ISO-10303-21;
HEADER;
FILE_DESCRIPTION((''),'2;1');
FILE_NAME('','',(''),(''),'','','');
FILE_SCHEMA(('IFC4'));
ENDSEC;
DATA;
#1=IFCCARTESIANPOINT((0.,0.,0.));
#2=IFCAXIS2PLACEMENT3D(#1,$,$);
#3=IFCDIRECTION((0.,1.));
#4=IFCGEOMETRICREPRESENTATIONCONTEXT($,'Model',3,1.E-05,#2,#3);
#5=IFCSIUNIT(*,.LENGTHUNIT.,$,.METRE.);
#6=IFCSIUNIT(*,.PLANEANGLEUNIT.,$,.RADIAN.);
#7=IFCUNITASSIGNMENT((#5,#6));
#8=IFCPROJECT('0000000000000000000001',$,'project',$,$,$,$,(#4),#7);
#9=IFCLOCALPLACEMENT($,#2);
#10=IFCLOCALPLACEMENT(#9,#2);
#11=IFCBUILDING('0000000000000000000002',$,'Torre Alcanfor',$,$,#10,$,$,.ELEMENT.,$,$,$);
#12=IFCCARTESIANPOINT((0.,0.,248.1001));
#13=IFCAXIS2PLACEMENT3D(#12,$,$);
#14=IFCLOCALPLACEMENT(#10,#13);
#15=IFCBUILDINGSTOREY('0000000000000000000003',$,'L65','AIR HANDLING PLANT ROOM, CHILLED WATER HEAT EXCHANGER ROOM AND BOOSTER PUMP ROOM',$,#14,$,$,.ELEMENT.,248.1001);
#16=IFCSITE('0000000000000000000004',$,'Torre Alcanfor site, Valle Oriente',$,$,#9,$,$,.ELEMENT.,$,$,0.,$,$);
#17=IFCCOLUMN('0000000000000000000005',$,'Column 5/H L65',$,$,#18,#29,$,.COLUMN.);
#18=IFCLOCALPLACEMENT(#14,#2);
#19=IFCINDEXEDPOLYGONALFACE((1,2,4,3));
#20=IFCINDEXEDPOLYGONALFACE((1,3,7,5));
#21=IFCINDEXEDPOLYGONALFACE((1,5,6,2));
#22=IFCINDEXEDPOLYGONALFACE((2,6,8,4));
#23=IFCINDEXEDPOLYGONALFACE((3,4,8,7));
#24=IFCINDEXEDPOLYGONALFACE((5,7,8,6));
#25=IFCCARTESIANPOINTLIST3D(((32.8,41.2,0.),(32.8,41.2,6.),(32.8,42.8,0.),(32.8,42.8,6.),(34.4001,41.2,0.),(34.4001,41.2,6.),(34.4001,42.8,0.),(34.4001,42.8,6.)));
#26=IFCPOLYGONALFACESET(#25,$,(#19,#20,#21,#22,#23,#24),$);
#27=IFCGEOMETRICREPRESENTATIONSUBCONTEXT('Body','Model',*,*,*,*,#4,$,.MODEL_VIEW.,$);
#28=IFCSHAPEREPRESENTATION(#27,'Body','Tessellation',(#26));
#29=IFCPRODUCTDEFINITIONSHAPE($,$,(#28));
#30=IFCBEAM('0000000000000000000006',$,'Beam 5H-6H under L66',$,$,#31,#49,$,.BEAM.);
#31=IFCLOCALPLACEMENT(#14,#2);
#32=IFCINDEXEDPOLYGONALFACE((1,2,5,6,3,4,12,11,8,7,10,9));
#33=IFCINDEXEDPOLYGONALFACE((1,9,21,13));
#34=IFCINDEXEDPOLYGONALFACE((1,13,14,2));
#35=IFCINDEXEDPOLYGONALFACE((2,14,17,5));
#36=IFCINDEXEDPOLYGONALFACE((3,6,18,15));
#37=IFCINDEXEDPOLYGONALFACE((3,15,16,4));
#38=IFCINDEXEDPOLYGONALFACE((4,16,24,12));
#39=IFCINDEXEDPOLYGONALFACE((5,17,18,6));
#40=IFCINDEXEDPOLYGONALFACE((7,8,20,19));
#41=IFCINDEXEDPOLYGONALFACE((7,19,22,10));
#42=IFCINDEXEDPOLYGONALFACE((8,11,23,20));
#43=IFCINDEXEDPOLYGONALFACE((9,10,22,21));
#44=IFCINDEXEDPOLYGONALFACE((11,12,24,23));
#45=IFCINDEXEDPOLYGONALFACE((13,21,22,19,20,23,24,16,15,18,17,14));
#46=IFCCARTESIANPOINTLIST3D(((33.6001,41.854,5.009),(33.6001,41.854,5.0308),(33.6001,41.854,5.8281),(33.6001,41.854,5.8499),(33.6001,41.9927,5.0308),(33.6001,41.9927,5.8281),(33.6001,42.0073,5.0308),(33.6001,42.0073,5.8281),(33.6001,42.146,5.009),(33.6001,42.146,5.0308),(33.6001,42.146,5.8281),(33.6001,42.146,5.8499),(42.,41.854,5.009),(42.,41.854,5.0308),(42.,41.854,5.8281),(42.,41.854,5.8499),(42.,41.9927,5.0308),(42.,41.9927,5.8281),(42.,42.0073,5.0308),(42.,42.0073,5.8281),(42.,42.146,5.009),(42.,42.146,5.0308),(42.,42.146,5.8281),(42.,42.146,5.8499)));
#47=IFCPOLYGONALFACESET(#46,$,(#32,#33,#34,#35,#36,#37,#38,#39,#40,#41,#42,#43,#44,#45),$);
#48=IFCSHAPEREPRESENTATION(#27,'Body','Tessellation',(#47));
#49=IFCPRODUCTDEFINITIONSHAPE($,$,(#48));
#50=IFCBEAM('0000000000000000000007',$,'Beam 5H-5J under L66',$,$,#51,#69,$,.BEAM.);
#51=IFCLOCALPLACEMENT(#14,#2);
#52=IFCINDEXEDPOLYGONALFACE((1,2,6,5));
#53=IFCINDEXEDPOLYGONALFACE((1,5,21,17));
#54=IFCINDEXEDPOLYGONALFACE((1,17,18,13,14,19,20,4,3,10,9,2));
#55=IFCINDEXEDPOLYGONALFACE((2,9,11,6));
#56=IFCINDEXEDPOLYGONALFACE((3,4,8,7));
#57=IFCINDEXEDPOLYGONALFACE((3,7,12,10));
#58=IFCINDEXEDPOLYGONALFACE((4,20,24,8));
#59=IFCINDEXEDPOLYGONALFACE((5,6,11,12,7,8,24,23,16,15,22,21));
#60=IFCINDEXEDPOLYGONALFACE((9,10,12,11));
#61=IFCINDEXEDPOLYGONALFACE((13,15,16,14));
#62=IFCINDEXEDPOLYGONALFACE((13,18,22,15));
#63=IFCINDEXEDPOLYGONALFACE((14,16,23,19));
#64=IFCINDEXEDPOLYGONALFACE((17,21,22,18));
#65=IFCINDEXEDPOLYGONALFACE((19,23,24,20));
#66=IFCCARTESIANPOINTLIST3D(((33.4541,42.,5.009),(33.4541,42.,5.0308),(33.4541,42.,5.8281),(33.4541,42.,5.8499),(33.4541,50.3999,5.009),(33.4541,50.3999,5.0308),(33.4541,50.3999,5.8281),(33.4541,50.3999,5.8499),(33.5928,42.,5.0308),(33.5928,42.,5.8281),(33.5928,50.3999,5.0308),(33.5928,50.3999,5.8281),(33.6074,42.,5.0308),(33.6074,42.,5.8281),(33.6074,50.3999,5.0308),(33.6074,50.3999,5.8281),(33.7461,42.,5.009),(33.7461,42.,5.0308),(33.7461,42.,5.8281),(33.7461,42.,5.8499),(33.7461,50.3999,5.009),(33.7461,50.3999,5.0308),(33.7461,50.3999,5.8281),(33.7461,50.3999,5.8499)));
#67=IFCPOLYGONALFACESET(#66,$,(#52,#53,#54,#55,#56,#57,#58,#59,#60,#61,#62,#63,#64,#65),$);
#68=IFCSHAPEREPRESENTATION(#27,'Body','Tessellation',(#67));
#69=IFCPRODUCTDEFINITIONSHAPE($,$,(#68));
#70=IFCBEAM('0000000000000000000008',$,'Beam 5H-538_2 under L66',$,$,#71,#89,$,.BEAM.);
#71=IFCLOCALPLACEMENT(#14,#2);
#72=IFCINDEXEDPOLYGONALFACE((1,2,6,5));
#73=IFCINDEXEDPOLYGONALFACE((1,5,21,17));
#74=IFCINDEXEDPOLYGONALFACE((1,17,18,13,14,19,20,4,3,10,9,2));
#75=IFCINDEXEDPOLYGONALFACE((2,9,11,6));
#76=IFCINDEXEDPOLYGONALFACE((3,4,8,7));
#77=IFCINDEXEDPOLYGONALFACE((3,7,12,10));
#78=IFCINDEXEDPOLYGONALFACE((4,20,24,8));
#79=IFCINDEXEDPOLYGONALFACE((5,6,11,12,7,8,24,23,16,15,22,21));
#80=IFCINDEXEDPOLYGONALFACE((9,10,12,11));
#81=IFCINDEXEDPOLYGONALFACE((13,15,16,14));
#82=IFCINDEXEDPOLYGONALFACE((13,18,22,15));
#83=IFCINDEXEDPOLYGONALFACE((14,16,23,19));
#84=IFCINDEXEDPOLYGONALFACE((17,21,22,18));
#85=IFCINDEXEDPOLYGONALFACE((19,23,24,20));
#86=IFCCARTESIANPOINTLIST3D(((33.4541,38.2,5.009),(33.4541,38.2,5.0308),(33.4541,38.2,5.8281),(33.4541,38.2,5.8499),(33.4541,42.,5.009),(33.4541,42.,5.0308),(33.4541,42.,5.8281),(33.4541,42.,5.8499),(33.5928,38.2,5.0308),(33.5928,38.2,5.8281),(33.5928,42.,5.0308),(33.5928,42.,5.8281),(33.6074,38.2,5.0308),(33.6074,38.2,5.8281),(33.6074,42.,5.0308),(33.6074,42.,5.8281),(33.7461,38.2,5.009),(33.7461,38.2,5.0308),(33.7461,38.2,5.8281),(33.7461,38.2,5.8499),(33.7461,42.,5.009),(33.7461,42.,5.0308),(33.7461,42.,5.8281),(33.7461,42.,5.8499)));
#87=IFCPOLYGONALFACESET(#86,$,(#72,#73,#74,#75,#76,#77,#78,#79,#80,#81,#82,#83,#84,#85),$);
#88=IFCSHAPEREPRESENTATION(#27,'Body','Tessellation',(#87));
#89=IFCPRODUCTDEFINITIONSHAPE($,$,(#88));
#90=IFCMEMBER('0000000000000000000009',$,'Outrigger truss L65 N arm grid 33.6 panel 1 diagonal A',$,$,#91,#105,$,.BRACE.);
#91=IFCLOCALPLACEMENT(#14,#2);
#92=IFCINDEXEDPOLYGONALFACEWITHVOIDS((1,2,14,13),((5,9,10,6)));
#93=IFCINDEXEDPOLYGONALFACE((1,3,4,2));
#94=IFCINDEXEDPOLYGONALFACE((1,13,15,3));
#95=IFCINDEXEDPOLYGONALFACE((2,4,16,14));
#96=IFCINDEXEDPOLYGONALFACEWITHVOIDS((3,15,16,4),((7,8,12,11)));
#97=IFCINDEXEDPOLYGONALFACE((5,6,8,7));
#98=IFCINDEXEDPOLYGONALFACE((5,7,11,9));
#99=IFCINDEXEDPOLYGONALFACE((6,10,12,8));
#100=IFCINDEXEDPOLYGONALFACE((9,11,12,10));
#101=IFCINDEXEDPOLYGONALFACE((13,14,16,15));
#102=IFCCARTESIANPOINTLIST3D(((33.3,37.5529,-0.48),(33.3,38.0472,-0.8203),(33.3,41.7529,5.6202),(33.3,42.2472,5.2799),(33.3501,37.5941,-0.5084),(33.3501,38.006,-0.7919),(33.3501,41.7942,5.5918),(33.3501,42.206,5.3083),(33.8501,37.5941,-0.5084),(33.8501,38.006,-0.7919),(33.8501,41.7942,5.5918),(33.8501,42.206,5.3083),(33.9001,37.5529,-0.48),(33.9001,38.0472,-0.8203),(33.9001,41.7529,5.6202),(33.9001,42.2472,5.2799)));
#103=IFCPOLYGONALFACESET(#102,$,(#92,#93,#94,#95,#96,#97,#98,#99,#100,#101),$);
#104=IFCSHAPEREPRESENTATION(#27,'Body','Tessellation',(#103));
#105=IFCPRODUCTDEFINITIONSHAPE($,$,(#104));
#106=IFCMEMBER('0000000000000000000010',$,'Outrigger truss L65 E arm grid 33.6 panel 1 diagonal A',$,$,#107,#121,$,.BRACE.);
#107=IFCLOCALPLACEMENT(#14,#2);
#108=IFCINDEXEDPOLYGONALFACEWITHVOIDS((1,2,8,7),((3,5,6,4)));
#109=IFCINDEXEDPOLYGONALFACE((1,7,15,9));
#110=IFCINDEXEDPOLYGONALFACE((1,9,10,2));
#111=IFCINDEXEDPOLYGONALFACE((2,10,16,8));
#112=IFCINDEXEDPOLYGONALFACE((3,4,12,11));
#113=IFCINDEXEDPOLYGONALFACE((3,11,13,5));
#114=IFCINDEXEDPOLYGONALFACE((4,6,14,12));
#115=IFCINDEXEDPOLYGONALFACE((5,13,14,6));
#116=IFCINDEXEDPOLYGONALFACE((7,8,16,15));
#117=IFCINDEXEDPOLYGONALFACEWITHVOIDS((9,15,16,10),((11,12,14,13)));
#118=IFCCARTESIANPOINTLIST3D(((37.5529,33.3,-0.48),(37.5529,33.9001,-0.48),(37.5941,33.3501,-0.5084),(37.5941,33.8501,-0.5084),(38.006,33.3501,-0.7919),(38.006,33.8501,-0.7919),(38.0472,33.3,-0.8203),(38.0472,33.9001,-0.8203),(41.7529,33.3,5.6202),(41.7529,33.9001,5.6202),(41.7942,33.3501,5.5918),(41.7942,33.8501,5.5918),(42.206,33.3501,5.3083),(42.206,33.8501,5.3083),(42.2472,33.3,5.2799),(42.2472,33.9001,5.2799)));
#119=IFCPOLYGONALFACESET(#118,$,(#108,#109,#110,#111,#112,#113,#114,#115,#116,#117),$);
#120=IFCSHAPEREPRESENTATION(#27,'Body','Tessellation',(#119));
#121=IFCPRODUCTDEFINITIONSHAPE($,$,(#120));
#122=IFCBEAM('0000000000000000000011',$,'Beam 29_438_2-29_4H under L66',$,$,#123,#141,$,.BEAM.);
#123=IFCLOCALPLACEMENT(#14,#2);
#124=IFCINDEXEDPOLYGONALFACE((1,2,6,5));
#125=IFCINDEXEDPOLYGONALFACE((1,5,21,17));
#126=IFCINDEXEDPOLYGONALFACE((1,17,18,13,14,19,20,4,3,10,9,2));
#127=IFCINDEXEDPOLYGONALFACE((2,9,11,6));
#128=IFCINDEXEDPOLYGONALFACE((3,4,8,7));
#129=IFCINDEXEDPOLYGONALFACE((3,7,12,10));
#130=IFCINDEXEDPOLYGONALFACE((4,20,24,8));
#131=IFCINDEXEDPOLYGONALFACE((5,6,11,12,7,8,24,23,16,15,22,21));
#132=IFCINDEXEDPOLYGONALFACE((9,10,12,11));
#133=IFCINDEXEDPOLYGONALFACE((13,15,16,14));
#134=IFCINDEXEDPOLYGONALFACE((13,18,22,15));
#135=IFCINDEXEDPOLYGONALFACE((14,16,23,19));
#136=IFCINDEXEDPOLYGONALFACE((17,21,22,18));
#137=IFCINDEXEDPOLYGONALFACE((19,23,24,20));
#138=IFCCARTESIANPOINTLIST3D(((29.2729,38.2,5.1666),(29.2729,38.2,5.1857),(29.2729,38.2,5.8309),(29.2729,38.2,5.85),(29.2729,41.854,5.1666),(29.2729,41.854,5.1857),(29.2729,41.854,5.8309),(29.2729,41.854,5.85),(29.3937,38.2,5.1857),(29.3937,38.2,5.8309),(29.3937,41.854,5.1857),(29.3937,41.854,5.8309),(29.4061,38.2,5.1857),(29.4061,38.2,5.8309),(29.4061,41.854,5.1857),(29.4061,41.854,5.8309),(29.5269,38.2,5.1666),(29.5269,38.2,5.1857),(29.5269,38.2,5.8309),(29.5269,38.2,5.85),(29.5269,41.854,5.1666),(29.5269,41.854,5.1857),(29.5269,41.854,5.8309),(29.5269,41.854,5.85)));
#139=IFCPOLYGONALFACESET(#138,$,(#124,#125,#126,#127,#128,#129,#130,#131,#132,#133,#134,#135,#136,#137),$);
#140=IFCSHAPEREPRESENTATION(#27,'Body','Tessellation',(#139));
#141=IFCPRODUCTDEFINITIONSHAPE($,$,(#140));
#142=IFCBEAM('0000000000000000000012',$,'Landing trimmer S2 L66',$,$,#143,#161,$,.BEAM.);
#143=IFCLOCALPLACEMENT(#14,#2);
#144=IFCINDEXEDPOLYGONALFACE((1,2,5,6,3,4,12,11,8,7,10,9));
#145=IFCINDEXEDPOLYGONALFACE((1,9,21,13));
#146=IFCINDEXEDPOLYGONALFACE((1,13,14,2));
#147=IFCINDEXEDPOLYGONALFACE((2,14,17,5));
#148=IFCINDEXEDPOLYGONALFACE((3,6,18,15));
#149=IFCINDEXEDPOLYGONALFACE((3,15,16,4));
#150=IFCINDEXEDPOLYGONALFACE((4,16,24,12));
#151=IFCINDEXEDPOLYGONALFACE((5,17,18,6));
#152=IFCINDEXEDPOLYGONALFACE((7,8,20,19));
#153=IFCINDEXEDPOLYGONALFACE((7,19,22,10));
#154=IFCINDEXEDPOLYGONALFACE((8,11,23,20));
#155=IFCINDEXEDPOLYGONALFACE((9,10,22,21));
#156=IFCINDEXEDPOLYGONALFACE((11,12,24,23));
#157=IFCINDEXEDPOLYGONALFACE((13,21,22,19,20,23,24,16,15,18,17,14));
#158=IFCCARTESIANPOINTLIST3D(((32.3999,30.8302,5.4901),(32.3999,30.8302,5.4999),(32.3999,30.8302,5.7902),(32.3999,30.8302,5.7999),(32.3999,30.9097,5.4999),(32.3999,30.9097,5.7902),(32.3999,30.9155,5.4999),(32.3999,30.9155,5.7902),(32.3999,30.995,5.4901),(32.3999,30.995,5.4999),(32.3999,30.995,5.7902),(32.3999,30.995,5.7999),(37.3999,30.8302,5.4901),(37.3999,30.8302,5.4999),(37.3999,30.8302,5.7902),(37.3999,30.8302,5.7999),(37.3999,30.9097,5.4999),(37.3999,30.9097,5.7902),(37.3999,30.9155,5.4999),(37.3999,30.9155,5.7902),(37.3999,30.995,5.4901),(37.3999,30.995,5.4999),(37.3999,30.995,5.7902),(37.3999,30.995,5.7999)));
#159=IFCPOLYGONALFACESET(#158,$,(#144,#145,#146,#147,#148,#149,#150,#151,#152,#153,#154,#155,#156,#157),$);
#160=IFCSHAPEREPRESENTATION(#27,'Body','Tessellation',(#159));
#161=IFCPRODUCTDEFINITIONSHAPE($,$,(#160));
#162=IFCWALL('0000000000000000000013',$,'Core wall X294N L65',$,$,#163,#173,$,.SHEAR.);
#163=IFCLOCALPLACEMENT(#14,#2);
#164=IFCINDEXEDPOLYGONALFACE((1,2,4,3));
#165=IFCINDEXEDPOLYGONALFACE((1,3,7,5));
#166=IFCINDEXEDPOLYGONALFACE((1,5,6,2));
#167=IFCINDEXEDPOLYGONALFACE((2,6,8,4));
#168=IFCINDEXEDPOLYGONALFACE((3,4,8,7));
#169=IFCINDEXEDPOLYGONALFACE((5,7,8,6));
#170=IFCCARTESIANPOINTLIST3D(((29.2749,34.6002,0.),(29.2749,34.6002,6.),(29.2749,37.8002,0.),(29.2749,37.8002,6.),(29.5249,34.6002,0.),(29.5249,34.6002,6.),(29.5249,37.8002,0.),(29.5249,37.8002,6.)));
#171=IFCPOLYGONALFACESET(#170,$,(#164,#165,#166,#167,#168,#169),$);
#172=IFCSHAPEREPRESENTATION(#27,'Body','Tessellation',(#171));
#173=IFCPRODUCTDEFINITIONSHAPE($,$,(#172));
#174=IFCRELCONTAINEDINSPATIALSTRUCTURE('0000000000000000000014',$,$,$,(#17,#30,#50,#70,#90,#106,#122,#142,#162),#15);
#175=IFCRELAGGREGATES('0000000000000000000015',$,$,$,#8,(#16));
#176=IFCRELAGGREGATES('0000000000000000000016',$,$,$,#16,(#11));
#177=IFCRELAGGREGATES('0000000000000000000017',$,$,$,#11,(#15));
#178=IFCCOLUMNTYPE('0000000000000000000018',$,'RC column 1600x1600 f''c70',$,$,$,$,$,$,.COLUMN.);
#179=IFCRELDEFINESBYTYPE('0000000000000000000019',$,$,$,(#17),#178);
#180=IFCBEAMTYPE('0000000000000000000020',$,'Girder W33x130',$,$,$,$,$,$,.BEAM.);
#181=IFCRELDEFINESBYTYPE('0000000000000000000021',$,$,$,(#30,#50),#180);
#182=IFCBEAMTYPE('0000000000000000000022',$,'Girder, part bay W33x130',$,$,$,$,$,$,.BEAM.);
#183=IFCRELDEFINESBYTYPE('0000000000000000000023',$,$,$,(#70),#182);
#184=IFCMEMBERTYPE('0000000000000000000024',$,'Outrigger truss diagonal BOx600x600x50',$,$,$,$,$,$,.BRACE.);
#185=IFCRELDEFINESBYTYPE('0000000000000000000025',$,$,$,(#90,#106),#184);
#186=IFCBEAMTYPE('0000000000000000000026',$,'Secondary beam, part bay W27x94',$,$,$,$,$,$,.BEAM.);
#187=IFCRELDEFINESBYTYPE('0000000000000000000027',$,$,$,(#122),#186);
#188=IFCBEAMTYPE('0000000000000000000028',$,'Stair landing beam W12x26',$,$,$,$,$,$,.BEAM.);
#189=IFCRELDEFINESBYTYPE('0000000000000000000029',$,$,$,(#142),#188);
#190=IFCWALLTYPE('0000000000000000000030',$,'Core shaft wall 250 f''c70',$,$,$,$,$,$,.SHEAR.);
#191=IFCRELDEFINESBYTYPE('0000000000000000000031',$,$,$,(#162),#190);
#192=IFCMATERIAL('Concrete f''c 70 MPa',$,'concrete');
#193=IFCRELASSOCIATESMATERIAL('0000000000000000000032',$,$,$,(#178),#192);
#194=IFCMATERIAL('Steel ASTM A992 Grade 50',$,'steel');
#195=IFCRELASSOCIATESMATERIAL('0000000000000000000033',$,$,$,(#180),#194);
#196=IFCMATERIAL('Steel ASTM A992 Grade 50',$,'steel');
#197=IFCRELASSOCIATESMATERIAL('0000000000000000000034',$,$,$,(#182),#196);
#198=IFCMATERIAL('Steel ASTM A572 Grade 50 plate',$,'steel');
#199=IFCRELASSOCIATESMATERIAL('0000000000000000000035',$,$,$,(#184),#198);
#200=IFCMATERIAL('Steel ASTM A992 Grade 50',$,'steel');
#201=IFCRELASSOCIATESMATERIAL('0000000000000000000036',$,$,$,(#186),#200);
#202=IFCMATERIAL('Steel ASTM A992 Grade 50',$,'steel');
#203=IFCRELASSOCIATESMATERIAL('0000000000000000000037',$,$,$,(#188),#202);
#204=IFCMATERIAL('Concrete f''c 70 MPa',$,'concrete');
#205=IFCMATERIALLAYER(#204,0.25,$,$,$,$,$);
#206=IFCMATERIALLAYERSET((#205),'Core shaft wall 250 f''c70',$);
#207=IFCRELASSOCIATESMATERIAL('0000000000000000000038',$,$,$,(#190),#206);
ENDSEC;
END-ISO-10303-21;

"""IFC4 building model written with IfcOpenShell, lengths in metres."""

from ifc_helpers import new_model, si_unit, direction, frame, frame_2d, origin, origin_2d, place, context, subcontext, project, spatial, rectangle, hollow_rectangle, i_section, extrude, material, layer, layer_set, material_profile, profile_set, type_object, element, save


model = new_model("IFC4")

# Units and contexts
model_context = context("Model", 3, precision=1e-05, world=origin(), true_north=direction((0.0, 1.0)))
body_context = subcontext(model_context, "Body", "Model", "MODEL_VIEW")
ifc_project = project(units=[si_unit("LENGTHUNIT", "METRE"), si_unit("PLANEANGLEUNIT", "RADIAN")], contexts=[model_context])

# Site, building, storey
site_placement = place(None, origin())
site = spatial("IfcSite", under=ifc_project, at=site_placement, Name="Torre Alcanfor site, Valle Oriente", CompositionType="ELEMENT", RefElevation=0.0)
building_placement = place(site_placement, origin())
building = spatial("IfcBuilding", under=site, at=building_placement, Name="Torre Alcanfor", CompositionType="ELEMENT")
storey_placement = place(building_placement, frame((0.0, 0.0, 248.1001)))
storey = spatial("IfcBuildingStorey", under=building, at=storey_placement, Name="L65", Description="AIR HANDLING PLANT ROOM, CHILLED WATER HEAT EXCHANGER ROOM AND BOOSTER PUMP ROOM", CompositionType="ELEMENT", Elevation=248.1001)

# Column
ifc_material_1 = material(Name="Concrete f'c 70 MPa", Category="concrete")
ifc_material_profile_1 = material_profile(ifc_material_1, rectangle(XDim=1.6001, YDim=1.6001, at=origin_2d()), Name="1600x1600")
ifc_profile_set_1 = profile_set([ifc_material_profile_1], Name="Concrete f'c 70 MPa")
column_type = type_object("IfcColumnType", Name="RC column 1600x1600 f'c70", PredefinedType="COLUMN", material=ifc_profile_set_1)
column_placement = place(storey_placement, frame((33.6001, 42.0, 0.0), z_axis=(0.0, 0.0, 1.0), x_axis=(1.0, 0.0, 0.0)))
element("IfcColumn", 1, at=column_placement, inside=storey, type_object=column_type, Name="Column 5/H L65", PredefinedType="COLUMN", context=body_context, shape_type="SweptSolid", body=[
    extrude(rectangle(XDim=1.6001, YDim=1.6001, at=origin_2d()), origin(), (0.0, 0.0, 1.0), 6.0),
])

# Beams
ifc_material_2 = material(Name="Steel ASTM A992 Grade 50", Category="steel")
ifc_material_profile_2 = material_profile(ifc_material_2, i_section(OverallWidth=0.292, OverallDepth=0.8408, WebThickness=0.0146, FlangeThickness=0.0217, at=origin_2d()), Name="W33x130")
ifc_profile_set_2 = profile_set([ifc_material_profile_2], Name="Steel ASTM A992 Grade 50")
beam_type_1 = type_object("IfcBeamType", Name="Girder W33x130", PredefinedType="BEAM", material=ifc_profile_set_2)
for number, where, z_axis, x_axis, name in (
    (2, (33.6001, 42.0, 5.4294), (1.0, 0.0, 0.0), (0.0, 1.0, 0.0), "Beam 5H-6H under L66"),
    (3, (33.6001, 42.0, 5.4294), (0.0, 1.0, 0.0), (-1.0, 0.0, 0.0), "Beam 5H-5J under L66"),
):
    element("IfcBeam", number, at=place(storey_placement, frame(where, z_axis=z_axis, x_axis=x_axis)), inside=storey, type_object=beam_type_1, Name=name, PredefinedType="BEAM", context=body_context, shape_type="SweptSolid", body=[
        extrude(i_section(OverallWidth=0.292, OverallDepth=0.8408, WebThickness=0.0146, FlangeThickness=0.0217, at=origin_2d()), origin(), (0.0, 0.0, 1.0), 8.3999),
    ])
ifc_material_3 = material(Name="Steel ASTM A992 Grade 50", Category="steel")
ifc_material_profile_3 = material_profile(ifc_material_3, i_section(OverallWidth=0.292, OverallDepth=0.8408, WebThickness=0.0146, FlangeThickness=0.0217, at=origin_2d()), Name="W33x130")
ifc_profile_set_3 = profile_set([ifc_material_profile_3], Name="Steel ASTM A992 Grade 50")
beam_type_2 = type_object("IfcBeamType", Name="Girder, part bay W33x130", PredefinedType="BEAM", material=ifc_profile_set_3)
beam_1_placement = place(storey_placement, frame((33.6001, 42.0, 5.4294), z_axis=(0.0, -1.0, 0.0), x_axis=(1.0, 0.0, 0.0)))
element("IfcBeam", 4, at=beam_1_placement, inside=storey, type_object=beam_type_2, Name="Beam 5H-538_2 under L66", PredefinedType="BEAM", context=body_context, shape_type="SweptSolid", body=[
    extrude(i_section(OverallWidth=0.292, OverallDepth=0.8408, WebThickness=0.0146, FlangeThickness=0.0217, at=origin_2d()), origin(), (0.0, 0.0, 1.0), 3.8),
])

# Members
ifc_material_4 = material(Name="Steel ASTM A572 Grade 50 plate", Category="steel")
ifc_material_profile_4 = material_profile(ifc_material_4, hollow_rectangle(XDim=0.6001, YDim=0.6001, WallThickness=0.05, at=origin_2d()), Name="BOX 600x600x50")
ifc_profile_set_4 = profile_set([ifc_material_profile_4], Name="Steel ASTM A572 Grade 50 plate")
member_type = type_object("IfcMemberType", Name="Outrigger truss diagonal BOx600x600x50", PredefinedType="BRACE", material=ifc_profile_set_4)
for number, where, z_axis, x_axis, name in (
    (5, (33.6001, 37.8, -0.6501), (0.0, 0.567091, 0.823655), (-1.0, 0.0, 0.0), "Outrigger truss L65 N arm grid 33.6 panel 1 diagonal A"),
    (6, (37.8, 33.6001, -0.6501), (0.567091, 0.0, 0.823655), (0.0, 1.0, 0.0), "Outrigger truss L65 E arm grid 33.6 panel 1 diagonal A"),
):
    element("IfcMember", number, at=place(storey_placement, frame(where, z_axis=z_axis, x_axis=x_axis)), inside=storey, type_object=member_type, Name=name, PredefinedType="BRACE", context=body_context, shape_type="SweptSolid", body=[
        extrude(hollow_rectangle(XDim=0.6001, YDim=0.6001, WallThickness=0.05, at=origin_2d()), origin(), (0.0, 0.0, 1.0), 7.4062),
    ])

# Beams
ifc_material_5 = material(Name="Steel ASTM A992 Grade 50", Category="steel")
ifc_material_profile_5 = material_profile(ifc_material_5, i_section(OverallWidth=0.2539, OverallDepth=0.6833, WebThickness=0.0125, FlangeThickness=0.019, at=origin_2d()), Name="W27x94")
ifc_profile_set_5 = profile_set([ifc_material_profile_5], Name="Steel ASTM A992 Grade 50")
beam_type_3 = type_object("IfcBeamType", Name="Secondary beam, part bay W27x94", PredefinedType="BEAM", material=ifc_profile_set_5)
beam_2_placement = place(storey_placement, frame((29.3999, 38.2, 5.5083), z_axis=(0.0, 1.0, 0.0), x_axis=(-1.0, 0.0, 0.0)))
element("IfcBeam", 7, at=beam_2_placement, inside=storey, type_object=beam_type_3, Name="Beam 29_438_2-29_4H under L66", PredefinedType="BEAM", context=body_context, shape_type="SweptSolid", body=[
    extrude(i_section(OverallWidth=0.2539, OverallDepth=0.6833, WebThickness=0.0125, FlangeThickness=0.019, at=origin_2d()), origin(), (0.0, 0.0, 1.0), 3.6541),
])
ifc_material_6 = material(Name="Steel ASTM A992 Grade 50", Category="steel")
ifc_material_profile_6 = material_profile(ifc_material_6, i_section(OverallWidth=0.1648, OverallDepth=0.3098, WebThickness=0.0059, FlangeThickness=0.0098, at=origin_2d()), Name="W12x26")
ifc_profile_set_6 = profile_set([ifc_material_profile_6], Name="Steel ASTM A992 Grade 50")
beam_type_4 = type_object("IfcBeamType", Name="Stair landing beam W12x26", PredefinedType="BEAM", material=ifc_profile_set_6)
beam_3_placement = place(storey_placement, frame((32.3999, 30.9126, 5.645), z_axis=(1.0, 0.0, 0.0), x_axis=(0.0, 1.0, 0.0)))
element("IfcBeam", 8, at=beam_3_placement, inside=storey, type_object=beam_type_4, Name="Landing trimmer S2 L66", PredefinedType="BEAM", context=body_context, shape_type="SweptSolid", body=[
    extrude(i_section(OverallWidth=0.1648, OverallDepth=0.3098, WebThickness=0.0059, FlangeThickness=0.0098, at=origin_2d()), origin(), (0.0, 0.0, 1.0), 5.0),
])

# Wall
ifc_material_7 = material(Name="Concrete f'c 70 MPa", Category="concrete")
ifc_layer_1 = layer(ifc_material_7, 0.25)
ifc_layer_set_1 = layer_set([ifc_layer_1], Name="Core shaft wall 250 f'c70")
wall_type_1 = type_object("IfcWallType", Name="Core shaft wall 250 f'c70", PredefinedType="SHEAR", material=ifc_layer_set_1)
wall_1_placement = place(storey_placement, frame((29.3999, 34.6001, 0.0), z_axis=(0.0, 0.0, 1.0), x_axis=(0.0, 1.0, 0.0)))
element("IfcWall", 9, at=wall_1_placement, inside=storey, type_object=wall_type_1, Name="Core wall X294N L65", PredefinedType="SHEAR", context=body_context, shape_type="SweptSolid", body=[
    extrude(rectangle(XDim=3.2, YDim=0.25, at=frame_2d((1.6001, 0.0))), origin(), (0.0, 0.0, 1.0), 6.0),
])

save(model, "model.ifc")
